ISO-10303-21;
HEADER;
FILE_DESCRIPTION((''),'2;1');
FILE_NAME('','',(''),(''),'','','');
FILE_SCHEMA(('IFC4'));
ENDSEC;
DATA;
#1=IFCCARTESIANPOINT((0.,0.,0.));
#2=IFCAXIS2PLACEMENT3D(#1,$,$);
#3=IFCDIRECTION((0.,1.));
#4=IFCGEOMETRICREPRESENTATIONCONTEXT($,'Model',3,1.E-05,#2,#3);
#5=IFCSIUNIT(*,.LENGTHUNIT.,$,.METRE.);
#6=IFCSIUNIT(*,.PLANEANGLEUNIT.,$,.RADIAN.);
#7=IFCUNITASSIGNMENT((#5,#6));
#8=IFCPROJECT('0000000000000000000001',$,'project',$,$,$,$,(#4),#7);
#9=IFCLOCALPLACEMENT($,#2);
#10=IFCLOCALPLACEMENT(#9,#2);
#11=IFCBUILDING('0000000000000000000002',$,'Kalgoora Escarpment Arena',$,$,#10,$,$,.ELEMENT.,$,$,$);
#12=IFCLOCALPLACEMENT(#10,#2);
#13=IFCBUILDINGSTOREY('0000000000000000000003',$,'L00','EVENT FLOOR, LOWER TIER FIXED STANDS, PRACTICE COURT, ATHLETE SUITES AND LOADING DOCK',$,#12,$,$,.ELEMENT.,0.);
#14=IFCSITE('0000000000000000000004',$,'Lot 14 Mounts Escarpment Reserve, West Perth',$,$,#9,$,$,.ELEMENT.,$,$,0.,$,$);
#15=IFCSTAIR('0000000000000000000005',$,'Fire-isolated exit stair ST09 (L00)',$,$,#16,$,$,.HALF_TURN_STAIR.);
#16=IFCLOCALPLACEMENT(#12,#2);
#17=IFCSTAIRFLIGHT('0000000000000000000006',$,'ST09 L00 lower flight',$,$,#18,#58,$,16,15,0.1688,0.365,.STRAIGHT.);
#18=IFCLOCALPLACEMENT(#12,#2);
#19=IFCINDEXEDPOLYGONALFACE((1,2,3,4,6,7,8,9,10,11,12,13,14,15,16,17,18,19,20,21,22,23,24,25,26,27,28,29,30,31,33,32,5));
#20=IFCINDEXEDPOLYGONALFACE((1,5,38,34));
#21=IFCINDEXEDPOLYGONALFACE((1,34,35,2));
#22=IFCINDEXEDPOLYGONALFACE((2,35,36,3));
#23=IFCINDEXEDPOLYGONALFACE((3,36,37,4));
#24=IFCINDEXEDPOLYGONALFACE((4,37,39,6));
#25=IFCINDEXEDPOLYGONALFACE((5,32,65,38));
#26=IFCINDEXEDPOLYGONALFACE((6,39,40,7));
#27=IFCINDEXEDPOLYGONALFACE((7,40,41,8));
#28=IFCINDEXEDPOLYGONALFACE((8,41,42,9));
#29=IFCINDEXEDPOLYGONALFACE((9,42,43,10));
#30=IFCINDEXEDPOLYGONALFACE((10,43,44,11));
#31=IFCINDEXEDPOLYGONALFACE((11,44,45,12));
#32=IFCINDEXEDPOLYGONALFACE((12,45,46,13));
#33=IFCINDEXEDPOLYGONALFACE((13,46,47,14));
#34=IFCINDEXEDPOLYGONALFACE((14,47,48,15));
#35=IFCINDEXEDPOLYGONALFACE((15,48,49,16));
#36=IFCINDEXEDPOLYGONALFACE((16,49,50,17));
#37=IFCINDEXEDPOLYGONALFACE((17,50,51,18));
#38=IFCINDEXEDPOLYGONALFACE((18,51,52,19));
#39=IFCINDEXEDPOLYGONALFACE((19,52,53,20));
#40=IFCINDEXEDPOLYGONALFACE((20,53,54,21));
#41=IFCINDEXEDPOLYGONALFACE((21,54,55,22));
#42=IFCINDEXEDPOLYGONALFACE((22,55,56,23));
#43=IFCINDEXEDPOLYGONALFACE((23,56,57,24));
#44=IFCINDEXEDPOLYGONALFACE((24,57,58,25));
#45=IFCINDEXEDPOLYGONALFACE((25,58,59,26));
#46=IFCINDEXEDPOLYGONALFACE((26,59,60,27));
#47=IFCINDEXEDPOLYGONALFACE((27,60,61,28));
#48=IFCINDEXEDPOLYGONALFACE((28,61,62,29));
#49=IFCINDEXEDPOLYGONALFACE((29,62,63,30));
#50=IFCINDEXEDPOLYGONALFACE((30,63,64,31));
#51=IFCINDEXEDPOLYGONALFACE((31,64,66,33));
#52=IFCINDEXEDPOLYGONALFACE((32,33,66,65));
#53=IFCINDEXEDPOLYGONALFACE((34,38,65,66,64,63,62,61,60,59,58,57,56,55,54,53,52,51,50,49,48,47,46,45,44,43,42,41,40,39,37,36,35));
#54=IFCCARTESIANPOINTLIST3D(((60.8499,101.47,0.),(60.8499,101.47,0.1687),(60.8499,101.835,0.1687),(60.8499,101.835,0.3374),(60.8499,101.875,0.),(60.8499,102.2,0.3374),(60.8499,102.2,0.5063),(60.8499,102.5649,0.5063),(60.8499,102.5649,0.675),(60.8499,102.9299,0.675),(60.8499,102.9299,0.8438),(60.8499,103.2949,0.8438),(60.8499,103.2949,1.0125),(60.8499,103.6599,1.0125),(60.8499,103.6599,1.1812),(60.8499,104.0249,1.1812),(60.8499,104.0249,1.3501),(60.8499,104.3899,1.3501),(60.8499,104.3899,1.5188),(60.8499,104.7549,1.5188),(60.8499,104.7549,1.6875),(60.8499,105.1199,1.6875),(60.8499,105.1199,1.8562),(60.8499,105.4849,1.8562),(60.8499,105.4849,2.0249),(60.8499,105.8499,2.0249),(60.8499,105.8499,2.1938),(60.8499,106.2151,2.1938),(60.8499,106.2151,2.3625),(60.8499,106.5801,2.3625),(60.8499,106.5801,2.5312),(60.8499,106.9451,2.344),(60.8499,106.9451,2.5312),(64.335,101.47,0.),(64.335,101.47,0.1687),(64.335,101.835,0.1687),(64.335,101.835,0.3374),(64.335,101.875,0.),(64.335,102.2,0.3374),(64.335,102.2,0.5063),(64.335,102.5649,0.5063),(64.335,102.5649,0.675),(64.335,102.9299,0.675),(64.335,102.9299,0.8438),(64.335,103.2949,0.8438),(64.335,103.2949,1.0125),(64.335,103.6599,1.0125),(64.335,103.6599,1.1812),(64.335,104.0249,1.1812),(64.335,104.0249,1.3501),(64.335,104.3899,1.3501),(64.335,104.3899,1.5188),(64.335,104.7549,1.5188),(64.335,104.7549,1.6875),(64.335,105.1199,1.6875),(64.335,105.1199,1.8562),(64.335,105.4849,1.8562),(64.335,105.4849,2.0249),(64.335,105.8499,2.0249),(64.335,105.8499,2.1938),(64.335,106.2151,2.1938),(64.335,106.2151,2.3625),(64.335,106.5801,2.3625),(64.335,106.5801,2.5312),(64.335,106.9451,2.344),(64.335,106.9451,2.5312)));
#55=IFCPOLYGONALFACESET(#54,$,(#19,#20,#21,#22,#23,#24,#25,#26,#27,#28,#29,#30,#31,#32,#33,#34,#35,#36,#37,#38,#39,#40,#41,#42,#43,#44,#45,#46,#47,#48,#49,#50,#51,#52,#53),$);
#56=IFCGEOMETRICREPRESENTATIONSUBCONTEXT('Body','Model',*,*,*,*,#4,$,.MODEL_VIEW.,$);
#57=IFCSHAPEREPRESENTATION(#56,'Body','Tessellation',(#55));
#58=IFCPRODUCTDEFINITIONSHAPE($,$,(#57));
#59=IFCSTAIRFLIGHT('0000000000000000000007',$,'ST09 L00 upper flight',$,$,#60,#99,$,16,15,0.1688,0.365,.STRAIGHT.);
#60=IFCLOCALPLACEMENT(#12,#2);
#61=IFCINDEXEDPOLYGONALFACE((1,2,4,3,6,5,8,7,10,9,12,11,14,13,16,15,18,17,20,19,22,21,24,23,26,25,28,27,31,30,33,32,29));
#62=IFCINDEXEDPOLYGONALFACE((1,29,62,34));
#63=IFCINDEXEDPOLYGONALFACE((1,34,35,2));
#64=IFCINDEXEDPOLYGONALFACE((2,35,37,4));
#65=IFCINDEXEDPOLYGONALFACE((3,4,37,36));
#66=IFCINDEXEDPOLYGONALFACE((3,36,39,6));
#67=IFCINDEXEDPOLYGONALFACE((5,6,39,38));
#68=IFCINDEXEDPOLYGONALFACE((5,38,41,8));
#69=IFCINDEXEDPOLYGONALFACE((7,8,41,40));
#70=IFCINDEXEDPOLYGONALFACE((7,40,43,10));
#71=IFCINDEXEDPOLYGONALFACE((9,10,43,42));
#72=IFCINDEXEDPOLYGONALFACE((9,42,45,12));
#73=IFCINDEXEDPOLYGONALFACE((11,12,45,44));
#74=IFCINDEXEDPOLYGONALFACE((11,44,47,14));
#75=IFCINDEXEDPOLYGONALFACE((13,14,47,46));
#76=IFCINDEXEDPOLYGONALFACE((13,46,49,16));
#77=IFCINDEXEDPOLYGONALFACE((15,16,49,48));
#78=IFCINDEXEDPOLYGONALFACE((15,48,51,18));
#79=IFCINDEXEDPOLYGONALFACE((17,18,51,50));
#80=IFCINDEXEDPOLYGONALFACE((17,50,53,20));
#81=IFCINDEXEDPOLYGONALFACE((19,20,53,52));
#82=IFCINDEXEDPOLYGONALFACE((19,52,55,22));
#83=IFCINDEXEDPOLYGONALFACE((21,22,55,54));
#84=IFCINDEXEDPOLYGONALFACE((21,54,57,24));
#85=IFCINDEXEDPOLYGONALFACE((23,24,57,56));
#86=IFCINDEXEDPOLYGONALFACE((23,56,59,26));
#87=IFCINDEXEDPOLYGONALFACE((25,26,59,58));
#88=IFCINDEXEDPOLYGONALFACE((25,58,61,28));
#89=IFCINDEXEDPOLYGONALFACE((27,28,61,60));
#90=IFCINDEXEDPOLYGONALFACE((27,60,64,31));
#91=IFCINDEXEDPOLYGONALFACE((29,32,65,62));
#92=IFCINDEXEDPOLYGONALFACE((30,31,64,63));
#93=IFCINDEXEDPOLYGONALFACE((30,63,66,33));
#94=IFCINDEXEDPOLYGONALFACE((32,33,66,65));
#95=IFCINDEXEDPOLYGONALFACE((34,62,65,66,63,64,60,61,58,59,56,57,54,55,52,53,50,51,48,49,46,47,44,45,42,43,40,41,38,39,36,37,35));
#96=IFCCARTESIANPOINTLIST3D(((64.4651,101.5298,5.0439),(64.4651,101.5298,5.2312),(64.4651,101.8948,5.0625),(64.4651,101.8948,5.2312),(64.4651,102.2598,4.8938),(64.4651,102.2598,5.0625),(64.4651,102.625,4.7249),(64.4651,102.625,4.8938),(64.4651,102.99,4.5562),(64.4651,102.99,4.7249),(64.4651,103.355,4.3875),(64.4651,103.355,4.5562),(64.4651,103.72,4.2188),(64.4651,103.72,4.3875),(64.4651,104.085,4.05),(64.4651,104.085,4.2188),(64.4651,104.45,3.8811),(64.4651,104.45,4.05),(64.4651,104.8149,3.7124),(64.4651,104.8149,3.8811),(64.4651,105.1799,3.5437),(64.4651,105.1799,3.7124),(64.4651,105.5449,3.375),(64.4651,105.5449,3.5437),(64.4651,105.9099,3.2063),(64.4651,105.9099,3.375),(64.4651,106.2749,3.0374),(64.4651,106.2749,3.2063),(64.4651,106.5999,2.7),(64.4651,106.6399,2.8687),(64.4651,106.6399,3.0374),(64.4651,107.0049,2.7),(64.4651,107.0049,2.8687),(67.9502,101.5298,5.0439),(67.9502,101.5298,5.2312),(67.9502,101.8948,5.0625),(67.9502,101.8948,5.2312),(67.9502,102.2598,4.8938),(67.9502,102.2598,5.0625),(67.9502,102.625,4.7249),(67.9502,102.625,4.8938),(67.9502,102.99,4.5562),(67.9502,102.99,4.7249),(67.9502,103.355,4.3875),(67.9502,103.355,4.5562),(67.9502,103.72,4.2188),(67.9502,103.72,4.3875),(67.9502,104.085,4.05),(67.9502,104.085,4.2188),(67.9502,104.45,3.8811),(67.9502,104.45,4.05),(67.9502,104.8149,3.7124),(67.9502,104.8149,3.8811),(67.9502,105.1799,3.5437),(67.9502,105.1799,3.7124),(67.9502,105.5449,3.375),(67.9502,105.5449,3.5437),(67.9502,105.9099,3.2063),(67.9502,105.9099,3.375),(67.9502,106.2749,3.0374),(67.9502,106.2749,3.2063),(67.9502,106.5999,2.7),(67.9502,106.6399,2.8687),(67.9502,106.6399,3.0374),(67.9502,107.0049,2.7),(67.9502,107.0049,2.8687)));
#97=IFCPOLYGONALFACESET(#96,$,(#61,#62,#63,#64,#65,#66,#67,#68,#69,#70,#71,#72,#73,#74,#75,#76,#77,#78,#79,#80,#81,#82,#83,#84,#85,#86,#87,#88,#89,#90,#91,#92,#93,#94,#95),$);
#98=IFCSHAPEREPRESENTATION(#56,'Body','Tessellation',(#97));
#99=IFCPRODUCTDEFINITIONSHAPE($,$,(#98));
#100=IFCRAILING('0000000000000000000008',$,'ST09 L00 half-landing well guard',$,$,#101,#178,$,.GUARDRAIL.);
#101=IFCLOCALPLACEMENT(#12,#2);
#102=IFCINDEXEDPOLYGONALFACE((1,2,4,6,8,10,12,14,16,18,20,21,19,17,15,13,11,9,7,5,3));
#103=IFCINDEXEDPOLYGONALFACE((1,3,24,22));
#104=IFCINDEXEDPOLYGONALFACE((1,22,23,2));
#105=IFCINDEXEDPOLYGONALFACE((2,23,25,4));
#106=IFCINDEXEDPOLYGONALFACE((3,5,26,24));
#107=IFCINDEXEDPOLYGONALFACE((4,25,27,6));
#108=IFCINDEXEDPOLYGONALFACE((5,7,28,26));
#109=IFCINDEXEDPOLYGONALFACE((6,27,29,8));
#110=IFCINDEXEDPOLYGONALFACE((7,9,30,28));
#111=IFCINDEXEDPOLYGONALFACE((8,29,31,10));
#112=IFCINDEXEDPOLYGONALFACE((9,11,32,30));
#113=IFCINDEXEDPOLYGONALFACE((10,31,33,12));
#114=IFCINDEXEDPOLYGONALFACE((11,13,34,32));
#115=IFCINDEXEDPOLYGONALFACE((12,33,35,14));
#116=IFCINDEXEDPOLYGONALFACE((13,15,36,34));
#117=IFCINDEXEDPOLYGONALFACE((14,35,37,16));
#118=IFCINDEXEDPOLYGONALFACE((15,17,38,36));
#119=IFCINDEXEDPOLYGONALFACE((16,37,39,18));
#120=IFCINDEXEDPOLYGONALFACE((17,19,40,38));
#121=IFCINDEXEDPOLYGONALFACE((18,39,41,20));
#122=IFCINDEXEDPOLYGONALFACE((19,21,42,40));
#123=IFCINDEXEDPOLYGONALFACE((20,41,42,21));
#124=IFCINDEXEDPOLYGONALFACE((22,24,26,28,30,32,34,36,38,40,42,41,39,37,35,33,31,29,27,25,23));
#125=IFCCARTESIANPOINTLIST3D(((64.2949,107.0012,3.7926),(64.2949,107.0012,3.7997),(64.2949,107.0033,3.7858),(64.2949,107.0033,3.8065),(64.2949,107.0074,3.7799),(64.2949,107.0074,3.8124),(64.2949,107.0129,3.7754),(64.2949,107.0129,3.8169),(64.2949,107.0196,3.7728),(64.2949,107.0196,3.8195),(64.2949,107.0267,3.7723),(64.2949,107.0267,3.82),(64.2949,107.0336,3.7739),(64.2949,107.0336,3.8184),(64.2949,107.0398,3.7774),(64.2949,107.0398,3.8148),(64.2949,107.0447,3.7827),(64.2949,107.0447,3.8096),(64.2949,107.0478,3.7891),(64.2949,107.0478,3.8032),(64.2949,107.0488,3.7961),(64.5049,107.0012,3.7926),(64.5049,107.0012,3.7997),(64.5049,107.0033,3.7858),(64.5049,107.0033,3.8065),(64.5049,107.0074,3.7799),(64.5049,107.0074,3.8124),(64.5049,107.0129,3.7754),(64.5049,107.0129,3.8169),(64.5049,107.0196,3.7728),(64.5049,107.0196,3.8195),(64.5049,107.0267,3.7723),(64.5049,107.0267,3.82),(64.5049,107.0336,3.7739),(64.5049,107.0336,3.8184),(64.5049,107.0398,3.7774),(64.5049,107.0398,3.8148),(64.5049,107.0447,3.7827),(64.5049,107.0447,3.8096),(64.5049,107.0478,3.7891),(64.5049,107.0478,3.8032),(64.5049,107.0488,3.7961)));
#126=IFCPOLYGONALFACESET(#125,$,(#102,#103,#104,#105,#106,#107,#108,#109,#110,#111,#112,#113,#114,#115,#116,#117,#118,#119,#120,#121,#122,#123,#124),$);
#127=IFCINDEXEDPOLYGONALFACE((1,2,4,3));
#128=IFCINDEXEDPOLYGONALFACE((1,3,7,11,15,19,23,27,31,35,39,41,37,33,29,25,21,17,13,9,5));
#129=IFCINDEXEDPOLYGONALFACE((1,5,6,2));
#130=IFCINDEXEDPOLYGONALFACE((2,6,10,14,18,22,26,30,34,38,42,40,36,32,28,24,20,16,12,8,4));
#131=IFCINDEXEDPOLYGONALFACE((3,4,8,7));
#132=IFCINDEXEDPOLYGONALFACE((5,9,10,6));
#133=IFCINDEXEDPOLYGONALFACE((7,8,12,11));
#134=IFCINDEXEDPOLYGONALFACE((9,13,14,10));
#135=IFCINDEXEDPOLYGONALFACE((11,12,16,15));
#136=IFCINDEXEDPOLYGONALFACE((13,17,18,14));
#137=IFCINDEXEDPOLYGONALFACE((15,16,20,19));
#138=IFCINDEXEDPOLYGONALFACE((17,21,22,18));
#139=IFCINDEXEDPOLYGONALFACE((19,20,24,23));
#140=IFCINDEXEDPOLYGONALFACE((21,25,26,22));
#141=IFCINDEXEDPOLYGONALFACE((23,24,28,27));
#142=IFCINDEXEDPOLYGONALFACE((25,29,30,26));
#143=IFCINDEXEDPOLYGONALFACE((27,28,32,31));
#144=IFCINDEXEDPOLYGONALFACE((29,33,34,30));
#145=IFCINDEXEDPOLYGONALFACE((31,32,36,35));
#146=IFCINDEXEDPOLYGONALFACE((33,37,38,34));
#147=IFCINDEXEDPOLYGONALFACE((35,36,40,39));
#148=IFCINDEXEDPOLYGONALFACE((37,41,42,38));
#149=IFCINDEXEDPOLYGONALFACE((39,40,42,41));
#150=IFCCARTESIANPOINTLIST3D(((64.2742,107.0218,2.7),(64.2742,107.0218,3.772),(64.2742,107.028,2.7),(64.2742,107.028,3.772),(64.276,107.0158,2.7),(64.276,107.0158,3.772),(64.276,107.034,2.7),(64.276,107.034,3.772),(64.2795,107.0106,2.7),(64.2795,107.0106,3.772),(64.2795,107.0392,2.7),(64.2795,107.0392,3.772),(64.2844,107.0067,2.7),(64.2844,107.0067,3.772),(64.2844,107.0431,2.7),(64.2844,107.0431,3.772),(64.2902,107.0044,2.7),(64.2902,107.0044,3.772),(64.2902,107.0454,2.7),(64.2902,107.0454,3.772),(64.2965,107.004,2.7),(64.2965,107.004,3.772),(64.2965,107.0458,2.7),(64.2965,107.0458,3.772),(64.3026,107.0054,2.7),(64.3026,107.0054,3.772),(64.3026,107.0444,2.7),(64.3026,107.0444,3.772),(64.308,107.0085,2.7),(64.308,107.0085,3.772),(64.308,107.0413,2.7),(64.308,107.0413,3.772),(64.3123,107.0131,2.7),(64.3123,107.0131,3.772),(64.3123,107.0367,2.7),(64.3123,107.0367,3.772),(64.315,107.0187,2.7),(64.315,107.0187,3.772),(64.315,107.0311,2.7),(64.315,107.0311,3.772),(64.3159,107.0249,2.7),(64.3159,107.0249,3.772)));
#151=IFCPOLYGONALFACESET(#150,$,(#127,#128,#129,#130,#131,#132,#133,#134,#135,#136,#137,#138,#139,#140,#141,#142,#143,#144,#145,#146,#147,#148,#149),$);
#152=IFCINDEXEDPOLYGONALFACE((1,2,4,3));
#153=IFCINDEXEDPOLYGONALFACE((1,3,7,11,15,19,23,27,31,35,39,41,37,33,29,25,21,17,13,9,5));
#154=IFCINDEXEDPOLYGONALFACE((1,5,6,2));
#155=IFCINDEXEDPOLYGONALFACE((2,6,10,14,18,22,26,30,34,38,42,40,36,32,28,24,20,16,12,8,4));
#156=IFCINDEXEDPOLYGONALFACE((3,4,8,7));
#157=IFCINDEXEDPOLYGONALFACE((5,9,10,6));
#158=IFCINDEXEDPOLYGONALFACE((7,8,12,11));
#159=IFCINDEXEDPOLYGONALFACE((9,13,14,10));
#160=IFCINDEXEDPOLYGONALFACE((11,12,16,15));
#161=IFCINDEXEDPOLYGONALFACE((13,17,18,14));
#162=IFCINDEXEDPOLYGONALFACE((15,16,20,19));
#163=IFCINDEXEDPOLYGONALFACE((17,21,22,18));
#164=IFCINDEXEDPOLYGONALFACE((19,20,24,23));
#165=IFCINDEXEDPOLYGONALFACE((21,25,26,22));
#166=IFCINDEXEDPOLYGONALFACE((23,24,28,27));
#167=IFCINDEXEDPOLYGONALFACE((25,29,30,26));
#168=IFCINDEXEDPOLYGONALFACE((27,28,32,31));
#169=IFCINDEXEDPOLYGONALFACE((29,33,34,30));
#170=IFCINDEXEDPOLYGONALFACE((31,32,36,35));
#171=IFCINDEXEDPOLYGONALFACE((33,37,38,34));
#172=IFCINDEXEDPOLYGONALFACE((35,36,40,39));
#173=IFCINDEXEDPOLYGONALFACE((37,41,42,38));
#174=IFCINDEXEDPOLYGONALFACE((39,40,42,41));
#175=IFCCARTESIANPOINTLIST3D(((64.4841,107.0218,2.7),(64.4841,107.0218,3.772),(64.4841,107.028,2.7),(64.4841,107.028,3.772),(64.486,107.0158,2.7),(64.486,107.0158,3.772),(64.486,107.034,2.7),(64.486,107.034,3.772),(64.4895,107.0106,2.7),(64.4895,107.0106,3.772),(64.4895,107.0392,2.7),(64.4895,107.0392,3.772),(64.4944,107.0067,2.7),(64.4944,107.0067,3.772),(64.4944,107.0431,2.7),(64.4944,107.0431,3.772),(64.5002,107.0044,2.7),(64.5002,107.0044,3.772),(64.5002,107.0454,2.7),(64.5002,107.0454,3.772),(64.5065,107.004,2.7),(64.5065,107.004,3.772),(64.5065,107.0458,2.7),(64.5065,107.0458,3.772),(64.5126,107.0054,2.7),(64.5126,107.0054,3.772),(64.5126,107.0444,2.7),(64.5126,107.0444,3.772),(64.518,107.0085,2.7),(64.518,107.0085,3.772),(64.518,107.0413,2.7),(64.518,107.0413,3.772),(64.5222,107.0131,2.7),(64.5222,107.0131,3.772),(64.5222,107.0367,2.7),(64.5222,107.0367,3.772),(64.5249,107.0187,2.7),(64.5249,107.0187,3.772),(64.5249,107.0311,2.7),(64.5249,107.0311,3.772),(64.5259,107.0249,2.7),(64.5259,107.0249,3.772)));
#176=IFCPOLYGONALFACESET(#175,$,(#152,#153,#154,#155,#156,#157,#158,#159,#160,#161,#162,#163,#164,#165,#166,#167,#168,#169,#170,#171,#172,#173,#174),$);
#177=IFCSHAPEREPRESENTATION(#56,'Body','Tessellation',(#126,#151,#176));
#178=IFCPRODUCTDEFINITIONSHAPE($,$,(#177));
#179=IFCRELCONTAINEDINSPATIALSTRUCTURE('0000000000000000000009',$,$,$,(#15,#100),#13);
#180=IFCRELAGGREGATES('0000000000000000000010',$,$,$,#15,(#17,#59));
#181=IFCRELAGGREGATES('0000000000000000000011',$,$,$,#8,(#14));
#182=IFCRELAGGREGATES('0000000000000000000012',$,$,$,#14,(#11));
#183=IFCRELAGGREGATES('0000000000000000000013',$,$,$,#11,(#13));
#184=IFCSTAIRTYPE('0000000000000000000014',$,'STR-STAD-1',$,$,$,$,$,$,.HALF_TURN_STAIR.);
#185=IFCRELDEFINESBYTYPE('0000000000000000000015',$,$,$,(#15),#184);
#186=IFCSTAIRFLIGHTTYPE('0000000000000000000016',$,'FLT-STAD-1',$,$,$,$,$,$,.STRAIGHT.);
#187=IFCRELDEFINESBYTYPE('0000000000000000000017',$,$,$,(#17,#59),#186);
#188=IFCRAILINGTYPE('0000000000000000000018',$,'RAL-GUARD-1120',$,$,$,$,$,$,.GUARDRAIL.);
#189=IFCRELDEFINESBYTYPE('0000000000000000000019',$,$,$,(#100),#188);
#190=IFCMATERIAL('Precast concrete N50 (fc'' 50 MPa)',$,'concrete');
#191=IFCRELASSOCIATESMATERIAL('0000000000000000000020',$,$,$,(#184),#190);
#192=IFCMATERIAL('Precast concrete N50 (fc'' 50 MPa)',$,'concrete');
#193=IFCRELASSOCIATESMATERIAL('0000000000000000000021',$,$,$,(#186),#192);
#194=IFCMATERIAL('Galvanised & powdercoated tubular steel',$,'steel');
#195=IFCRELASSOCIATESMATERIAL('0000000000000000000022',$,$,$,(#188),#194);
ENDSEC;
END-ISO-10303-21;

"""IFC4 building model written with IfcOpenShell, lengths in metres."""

from ifc_helpers import new_model, si_unit, direction, frame, origin, origin_2d, place, context, subcontext, project, spatial, polyline, circle, outline, extrude, material, type_object, element, aggregate, save


model = new_model("IFC4")

# Units and contexts
model_context = context("Model", 3, precision=1e-05, world=origin(), true_north=direction((0.0, 1.0)))
body_context = subcontext(model_context, "Body", "Model", "MODEL_VIEW")
ifc_project = project(units=[si_unit("LENGTHUNIT", "METRE"), si_unit("PLANEANGLEUNIT", "RADIAN")], contexts=[model_context])

# Site, building, storey
site_placement = place(None, origin())
site = spatial("IfcSite", under=ifc_project, at=site_placement, Name="Lot 14 Mounts Escarpment Reserve, West Perth", CompositionType="ELEMENT", RefElevation=0.0)
building_placement = place(site_placement, origin())
building = spatial("IfcBuilding", under=site, at=building_placement, Name="Kalgoora Escarpment Arena", CompositionType="ELEMENT")
storey_placement = place(building_placement, origin())
storey = spatial("IfcBuildingStorey", under=building, at=storey_placement, Name="L00", Description="EVENT FLOOR, LOWER TIER FIXED STANDS, PRACTICE COURT, ATHLETE SUITES AND LOADING DOCK", CompositionType="ELEMENT", Elevation=0.0)

# Stair, stair flights
ifc_material_1 = material(Name="Precast concrete N50 (fc' 50 MPa)", Category="concrete")
stair_type = type_object("IfcStairType", Name="STR-STAD-1", PredefinedType="HALF_TURN_STAIR", material=ifc_material_1)
stair_placement = place(storey_placement, origin())
stair = element("IfcStair", 1, at=stair_placement, inside=storey, type_object=stair_type, Name="Fire-isolated exit stair ST09 (L00)", PredefinedType="HALF_TURN_STAIR")
ifc_material_2 = material(Name="Precast concrete N50 (fc' 50 MPa)", Category="concrete")
stair_flight_type = type_object("IfcStairFlightType", Name="FLT-STAD-1", PredefinedType="STRAIGHT", material=ifc_material_2)
stair_flight_1_placement = place(storey_placement, frame((62.5925, 101.47, 0.0), z_axis=(0.0, 0.0, 1.0), x_axis=(0.0, 1.0, 0.0)))
stair_flight_1 = element("IfcStairFlight", 2, at=stair_flight_1_placement, type_object=stair_flight_type, Name="ST09 L00 lower flight", NumberOfRisers=16, NumberOfTreads=15, PredefinedType="STRAIGHT", RiserHeight=0.1688, TreadLength=0.365, context=body_context, shape_type="SweptSolid", body=[
    extrude(outline(polyline([(0.0, 0.0), (0.0, 0.1687), (0.365, 0.1687), (0.365, 0.3374), (0.73, 0.3374), (0.73, 0.5063), (1.095, 0.5063), (1.095, 0.675), (1.46, 0.675), (1.46, 0.8438), (1.825, 0.8438), (1.825, 1.0125), (2.1899, 1.0125), (2.1899, 1.1812), (2.5549, 1.1812), (2.5549, 1.3501), (2.9199, 1.3501), (2.9199, 1.5188), (3.2849, 1.5188), (3.2849, 1.6875), (3.6499, 1.6875), (3.6499, 1.8562), (4.0149, 1.8562), (4.0149, 2.0249), (4.3799, 2.0249), (4.3799, 2.1938), (4.7451, 2.1938), (4.7451, 2.3625), (5.1101, 2.3625), (5.1101, 2.5312), (5.4751, 2.5312), (5.4751, 2.7), (5.4751, 2.344), (0.405, 0.0), (0.0, 0.0)])), frame((0.0, 1.7427, 0.0), z_axis=(0.0, -1.0, 0.0), x_axis=(1.0, 0.0, 0.0)), (0.0, 0.0, 1.0), 3.4851),
])
stair_flight_2_placement = place(storey_placement, frame((66.2075, 107.0049, 2.7), z_axis=(0.0, 0.0, 1.0), x_axis=(0.0, -1.0, 0.0)))
stair_flight_2 = element("IfcStairFlight", 3, at=stair_flight_2_placement, type_object=stair_flight_type, Name="ST09 L00 upper flight", NumberOfRisers=16, NumberOfTreads=15, PredefinedType="STRAIGHT", RiserHeight=0.1688, TreadLength=0.365, context=body_context, shape_type="SweptSolid", body=[
    extrude(outline(polyline([(0.0, 0.0), (0.0, 0.1687), (0.365, 0.1687), (0.365, 0.3374), (0.73, 0.3374), (0.73, 0.5063), (1.095, 0.5063), (1.095, 0.675), (1.46, 0.675), (1.46, 0.8438), (1.825, 0.8438), (1.825, 1.0125), (2.1899, 1.0125), (2.1899, 1.1812), (2.5549, 1.1812), (2.5549, 1.3501), (2.9199, 1.3501), (2.9199, 1.5188), (3.2849, 1.5188), (3.2849, 1.6875), (3.6499, 1.6875), (3.6499, 1.8562), (4.0149, 1.8562), (4.0149, 2.0249), (4.3799, 2.0249), (4.3799, 2.1938), (4.7451, 2.1938), (4.7451, 2.3625), (5.1101, 2.3625), (5.1101, 2.5312), (5.4751, 2.5312), (5.4751, 2.7), (5.4751, 2.344), (0.405, 0.0), (0.0, 0.0)])), frame((0.0, 1.7427, 0.0), z_axis=(0.0, -1.0, 0.0), x_axis=(1.0, 0.0, 0.0)), (0.0, 0.0, 1.0), 3.4851),
])
aggregate(stair, [stair_flight_1, stair_flight_2])

# Railing
ifc_material_3 = material(Name="Galvanised & powdercoated tubular steel", Category="steel")
railing_type_1 = type_object("IfcRailingType", Name="RAL-GUARD-1120", PredefinedType="GUARDRAIL", material=ifc_material_3)
railing_placement = place(storey_placement, frame((64.2949, 107.0249, 2.7)))
element("IfcRailing", 4, at=railing_placement, inside=storey, type_object=railing_type_1, Name="ST09 L00 half-landing well guard", PredefinedType="GUARDRAIL", context=body_context, shape_type="SweptSolid", body=[
    extrude(circle(Radius=0.0239, at=origin_2d()), frame((0.0, 0.0, 1.0962), z_axis=(1.0, 0.0, 0.0), x_axis=(0.0, 1.0, 0.0)), (0.0, 0.0, 1.0), 0.21),
    extrude(circle(Radius=0.021, at=origin_2d()), origin(), (0.0, 0.0, 1.0), 1.072),
    extrude(circle(Radius=0.021, at=origin_2d()), frame((0.21, 0.0, 0.0)), (0.0, 0.0, 1.0), 1.072),
])

save(model, "model.ifc")
